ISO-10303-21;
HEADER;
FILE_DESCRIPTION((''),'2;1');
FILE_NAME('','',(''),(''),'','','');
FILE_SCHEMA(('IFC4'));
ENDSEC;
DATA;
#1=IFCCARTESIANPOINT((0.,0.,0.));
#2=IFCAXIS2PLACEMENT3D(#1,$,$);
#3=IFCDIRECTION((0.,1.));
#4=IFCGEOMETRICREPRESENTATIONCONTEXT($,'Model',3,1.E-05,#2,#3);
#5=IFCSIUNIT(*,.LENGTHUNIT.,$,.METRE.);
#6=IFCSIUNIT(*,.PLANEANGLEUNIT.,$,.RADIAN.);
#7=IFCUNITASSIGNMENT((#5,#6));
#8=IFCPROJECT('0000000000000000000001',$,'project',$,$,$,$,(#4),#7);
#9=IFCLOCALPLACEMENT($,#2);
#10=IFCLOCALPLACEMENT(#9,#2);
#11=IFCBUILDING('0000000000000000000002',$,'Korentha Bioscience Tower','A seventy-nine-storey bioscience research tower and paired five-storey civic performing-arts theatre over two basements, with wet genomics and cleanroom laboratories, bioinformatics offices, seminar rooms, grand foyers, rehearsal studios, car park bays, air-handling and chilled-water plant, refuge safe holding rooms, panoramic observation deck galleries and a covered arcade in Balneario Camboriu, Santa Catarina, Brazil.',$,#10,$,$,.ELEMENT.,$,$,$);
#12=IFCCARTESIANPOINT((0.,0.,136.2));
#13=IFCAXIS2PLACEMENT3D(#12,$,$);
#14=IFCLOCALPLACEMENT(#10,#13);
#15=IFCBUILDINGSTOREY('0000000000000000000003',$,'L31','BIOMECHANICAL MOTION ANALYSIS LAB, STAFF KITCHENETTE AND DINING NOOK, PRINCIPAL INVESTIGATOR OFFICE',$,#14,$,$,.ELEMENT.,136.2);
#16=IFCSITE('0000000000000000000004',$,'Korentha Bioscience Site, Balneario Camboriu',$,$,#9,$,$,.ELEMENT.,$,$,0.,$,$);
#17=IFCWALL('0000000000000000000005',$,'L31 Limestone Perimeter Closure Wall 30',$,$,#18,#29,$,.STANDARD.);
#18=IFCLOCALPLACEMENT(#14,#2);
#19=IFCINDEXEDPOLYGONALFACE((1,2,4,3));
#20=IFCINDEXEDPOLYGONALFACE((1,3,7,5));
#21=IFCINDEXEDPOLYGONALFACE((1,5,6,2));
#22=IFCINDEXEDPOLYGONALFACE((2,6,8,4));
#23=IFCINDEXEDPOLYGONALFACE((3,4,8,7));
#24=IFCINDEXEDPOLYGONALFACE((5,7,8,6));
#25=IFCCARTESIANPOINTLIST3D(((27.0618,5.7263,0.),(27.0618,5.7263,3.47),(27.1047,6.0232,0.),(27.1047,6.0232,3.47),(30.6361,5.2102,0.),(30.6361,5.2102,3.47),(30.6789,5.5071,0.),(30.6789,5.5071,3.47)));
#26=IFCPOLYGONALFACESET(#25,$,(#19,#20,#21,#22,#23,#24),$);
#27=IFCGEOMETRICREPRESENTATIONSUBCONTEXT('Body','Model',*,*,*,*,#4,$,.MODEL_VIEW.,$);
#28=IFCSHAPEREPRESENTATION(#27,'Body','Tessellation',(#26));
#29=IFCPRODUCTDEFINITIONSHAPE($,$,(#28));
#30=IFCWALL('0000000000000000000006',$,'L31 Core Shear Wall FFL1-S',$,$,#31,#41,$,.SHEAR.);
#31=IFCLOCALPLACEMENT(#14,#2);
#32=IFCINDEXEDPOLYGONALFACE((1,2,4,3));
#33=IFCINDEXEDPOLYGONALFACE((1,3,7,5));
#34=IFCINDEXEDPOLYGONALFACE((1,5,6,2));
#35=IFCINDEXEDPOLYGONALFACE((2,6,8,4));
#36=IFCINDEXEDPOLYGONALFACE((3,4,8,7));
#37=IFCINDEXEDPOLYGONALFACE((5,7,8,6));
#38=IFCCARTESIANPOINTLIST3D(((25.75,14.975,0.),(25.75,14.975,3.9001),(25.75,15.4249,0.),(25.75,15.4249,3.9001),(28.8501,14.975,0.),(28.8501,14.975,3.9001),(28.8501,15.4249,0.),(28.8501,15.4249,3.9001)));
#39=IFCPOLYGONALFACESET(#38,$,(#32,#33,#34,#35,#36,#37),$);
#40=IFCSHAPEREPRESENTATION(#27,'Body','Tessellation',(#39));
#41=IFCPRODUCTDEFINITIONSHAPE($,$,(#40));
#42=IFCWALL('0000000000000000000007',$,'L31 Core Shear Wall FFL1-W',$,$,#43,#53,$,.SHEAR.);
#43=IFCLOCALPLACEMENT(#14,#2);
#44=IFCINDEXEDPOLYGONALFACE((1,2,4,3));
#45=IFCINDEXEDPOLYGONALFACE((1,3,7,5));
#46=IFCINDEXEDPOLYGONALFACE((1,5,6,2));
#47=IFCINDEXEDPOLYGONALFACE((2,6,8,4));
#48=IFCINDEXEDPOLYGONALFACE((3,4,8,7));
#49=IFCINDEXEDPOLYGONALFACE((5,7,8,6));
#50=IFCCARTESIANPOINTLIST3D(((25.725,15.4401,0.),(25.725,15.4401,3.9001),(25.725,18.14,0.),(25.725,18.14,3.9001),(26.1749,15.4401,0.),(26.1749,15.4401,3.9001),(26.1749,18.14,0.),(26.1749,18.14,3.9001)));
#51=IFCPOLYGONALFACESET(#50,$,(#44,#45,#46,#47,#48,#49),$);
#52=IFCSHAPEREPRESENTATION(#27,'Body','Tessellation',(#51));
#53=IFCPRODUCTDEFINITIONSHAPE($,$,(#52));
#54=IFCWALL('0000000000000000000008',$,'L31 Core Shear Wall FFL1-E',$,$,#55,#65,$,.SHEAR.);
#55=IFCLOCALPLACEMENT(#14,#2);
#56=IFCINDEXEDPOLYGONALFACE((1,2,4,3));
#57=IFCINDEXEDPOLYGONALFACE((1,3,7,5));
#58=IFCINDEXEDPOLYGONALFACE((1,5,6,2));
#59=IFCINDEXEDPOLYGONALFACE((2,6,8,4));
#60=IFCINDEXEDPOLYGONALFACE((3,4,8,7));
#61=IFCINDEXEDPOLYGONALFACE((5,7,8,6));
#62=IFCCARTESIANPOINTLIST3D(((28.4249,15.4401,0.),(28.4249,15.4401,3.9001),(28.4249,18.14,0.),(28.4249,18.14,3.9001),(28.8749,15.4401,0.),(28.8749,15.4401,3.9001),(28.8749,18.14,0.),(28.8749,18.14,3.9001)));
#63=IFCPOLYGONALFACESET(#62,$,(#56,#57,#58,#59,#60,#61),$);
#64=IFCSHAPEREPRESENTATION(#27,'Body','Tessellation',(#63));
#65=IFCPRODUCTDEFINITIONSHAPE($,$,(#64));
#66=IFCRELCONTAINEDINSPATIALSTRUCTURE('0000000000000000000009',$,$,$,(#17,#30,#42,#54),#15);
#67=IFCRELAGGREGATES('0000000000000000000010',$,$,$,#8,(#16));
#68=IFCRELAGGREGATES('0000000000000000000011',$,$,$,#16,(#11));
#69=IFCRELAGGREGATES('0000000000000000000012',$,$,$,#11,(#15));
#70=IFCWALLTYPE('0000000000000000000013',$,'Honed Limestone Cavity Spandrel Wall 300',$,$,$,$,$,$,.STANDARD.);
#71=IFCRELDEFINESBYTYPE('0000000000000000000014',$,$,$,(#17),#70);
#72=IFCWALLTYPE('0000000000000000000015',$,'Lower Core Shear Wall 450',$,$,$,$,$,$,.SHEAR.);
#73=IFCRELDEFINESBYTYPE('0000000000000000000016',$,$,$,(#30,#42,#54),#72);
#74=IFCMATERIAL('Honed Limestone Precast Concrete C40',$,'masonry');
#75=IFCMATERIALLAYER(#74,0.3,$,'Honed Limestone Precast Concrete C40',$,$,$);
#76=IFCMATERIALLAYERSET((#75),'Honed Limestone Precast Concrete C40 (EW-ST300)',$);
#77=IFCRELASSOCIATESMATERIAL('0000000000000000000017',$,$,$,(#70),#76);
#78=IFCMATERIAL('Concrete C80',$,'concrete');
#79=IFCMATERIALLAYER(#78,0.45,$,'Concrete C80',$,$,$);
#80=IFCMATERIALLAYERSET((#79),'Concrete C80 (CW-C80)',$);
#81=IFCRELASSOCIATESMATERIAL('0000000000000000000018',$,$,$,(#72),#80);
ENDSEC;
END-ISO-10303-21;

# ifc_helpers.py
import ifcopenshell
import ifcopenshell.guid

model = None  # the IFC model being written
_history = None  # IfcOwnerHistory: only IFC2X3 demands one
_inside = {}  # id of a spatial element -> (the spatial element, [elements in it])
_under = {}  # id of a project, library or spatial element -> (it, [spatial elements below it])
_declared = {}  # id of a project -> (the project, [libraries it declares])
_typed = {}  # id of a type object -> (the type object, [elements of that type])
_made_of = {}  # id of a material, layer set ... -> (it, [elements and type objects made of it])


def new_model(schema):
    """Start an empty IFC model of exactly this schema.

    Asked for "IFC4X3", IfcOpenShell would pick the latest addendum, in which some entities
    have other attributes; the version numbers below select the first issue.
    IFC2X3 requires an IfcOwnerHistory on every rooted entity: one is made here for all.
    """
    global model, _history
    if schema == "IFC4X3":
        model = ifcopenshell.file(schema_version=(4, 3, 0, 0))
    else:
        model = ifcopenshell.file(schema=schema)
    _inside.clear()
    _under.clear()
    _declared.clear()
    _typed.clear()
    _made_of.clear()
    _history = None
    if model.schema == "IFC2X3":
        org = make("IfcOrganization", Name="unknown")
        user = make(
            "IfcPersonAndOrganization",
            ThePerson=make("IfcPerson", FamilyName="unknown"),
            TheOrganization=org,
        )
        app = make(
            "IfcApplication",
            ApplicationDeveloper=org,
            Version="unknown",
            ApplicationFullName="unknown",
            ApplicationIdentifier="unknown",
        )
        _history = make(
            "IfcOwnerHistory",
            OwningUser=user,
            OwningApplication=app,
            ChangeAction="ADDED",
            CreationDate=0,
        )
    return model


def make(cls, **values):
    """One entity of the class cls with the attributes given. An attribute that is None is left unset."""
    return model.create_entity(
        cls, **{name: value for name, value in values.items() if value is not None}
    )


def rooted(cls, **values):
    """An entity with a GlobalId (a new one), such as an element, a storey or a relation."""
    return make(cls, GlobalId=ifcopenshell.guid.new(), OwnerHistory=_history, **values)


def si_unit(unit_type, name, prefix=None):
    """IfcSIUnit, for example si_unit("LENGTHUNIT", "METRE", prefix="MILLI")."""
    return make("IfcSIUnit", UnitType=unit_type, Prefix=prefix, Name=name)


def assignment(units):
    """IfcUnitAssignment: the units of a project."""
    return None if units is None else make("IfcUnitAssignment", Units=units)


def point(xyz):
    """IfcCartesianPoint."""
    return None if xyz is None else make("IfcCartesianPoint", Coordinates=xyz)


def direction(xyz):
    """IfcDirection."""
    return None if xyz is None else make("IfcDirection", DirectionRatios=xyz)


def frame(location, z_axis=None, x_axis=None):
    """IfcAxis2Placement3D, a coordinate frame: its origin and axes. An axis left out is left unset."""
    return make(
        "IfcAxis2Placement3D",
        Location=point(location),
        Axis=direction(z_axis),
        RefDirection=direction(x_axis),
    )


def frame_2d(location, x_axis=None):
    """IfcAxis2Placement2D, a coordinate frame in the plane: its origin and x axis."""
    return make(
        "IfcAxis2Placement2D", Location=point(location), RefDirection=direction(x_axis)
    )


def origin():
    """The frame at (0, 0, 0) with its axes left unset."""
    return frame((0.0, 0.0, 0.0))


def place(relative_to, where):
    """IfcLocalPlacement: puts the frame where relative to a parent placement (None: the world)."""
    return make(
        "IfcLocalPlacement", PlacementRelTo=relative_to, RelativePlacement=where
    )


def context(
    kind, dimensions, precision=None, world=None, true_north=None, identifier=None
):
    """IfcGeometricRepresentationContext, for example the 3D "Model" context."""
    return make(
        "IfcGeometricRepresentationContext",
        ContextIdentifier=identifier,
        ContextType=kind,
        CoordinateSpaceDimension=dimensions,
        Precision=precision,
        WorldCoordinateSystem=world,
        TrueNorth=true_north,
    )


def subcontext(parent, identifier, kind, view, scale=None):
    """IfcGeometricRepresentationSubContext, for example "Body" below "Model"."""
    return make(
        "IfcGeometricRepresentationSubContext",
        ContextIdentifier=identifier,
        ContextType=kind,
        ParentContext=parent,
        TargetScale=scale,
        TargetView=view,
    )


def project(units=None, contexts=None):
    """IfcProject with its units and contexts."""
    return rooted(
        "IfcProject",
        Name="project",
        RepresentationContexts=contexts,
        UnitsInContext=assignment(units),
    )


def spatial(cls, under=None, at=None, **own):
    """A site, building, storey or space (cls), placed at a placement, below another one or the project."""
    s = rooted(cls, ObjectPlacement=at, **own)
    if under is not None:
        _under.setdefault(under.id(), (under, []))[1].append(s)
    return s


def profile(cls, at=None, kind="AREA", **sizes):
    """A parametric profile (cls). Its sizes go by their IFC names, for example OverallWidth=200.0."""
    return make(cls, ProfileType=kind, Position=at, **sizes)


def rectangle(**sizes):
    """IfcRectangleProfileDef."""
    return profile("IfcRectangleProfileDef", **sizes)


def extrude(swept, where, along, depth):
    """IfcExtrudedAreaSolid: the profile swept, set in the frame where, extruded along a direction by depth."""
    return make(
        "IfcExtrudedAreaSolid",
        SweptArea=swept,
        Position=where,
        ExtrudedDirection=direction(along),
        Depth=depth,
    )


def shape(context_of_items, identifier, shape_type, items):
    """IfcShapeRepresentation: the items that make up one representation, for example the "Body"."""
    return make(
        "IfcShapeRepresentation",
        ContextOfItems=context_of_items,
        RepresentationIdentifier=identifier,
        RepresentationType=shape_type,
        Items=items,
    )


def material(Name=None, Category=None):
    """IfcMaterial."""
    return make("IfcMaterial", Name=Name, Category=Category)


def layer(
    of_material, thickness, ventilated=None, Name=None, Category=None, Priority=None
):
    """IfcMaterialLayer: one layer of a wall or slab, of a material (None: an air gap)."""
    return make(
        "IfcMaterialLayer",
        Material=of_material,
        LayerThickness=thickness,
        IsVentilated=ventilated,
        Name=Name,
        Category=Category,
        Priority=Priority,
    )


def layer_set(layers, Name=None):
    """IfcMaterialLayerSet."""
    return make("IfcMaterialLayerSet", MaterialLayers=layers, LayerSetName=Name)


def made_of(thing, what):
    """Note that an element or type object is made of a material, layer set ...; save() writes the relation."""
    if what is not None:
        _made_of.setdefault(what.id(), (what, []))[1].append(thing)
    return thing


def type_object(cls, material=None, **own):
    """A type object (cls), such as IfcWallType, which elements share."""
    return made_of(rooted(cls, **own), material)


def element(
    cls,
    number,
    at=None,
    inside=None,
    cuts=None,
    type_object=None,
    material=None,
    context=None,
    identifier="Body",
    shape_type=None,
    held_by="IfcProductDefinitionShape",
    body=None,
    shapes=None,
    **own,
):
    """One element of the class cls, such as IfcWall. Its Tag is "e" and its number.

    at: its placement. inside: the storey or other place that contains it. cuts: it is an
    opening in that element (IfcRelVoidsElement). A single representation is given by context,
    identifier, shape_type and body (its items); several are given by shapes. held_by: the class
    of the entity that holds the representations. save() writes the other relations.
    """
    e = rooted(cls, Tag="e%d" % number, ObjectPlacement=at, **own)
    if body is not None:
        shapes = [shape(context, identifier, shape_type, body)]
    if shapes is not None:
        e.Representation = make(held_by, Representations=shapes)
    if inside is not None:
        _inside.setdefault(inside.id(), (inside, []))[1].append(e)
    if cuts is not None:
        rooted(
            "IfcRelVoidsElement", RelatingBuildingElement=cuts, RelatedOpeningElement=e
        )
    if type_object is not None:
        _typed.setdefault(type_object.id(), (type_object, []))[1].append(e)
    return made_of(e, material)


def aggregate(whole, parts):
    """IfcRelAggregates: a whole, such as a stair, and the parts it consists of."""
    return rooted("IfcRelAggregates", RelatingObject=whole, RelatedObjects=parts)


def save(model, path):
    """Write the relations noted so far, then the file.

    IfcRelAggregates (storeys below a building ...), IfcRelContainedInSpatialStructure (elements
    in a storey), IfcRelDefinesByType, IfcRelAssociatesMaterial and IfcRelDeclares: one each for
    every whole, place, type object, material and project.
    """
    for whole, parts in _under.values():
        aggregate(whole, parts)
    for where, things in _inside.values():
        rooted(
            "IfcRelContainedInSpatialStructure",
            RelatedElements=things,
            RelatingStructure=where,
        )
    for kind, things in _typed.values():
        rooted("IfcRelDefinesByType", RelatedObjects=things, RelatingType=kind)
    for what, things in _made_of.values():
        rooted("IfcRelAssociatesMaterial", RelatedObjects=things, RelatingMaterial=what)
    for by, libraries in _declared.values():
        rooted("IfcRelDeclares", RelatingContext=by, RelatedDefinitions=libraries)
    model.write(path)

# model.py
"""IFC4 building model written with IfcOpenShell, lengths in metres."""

from ifc_helpers import new_model, si_unit, direction, frame, frame_2d, origin, place, context, subcontext, project, spatial, rectangle, extrude, material, layer, layer_set, type_object, element, save


model = new_model("IFC4")

# Units and contexts
model_context = context("Model", 3, precision=1e-05, world=origin(), true_north=direction((0.0, 1.0)))
body_context = subcontext(model_context, "Body", "Model", "MODEL_VIEW")
ifc_project = project(units=[si_unit("LENGTHUNIT", "METRE"), si_unit("PLANEANGLEUNIT", "RADIAN")], contexts=[model_context])

# Site, building, storey
site_placement = place(None, origin())
site = spatial("IfcSite", under=ifc_project, at=site_placement, Name="Korentha Bioscience Site, Balneario Camboriu", CompositionType="ELEMENT", RefElevation=0.0)
building_placement = place(site_placement, origin())
building = spatial("IfcBuilding", under=site, at=building_placement, Name="Korentha Bioscience Tower", Description="A seventy-nine-storey bioscience research tower and paired five-storey civic performing-arts theatre over two basements, with wet genomics and cleanroom laboratories, bioinformatics offices, seminar rooms, grand foyers, rehearsal studios, car park bays, air-handling and chilled-water plant, refuge safe holding rooms, panoramic observation deck galleries and a covered arcade in Balneario Camboriu, Santa Catarina, Brazil.", CompositionType="ELEMENT")
storey_placement = place(building_placement, frame((0.0, 0.0, 136.2)))
storey = spatial("IfcBuildingStorey", under=building, at=storey_placement, Name="L31", Description="BIOMECHANICAL MOTION ANALYSIS LAB, STAFF KITCHENETTE AND DINING NOOK, PRINCIPAL INVESTIGATOR OFFICE", CompositionType="ELEMENT", Elevation=136.2)

# Shared definitions
ifc_material_1 = material(Name="Concrete C80", Category="concrete")

# Shared definitions
ifc_material_2 = material(Name="Honed Limestone Precast Concrete C40", Category="masonry")
ifc_layer_1 = layer(ifc_material_2, 0.3, Name="Honed Limestone Precast Concrete C40")
ifc_layer_set_1 = layer_set([ifc_layer_1], Name="Honed Limestone Precast Concrete C40 (EW-ST300)")
wall_type_1 = type_object("IfcWallType", Name="Honed Limestone Cavity Spandrel Wall 300", PredefinedType="STANDARD", material=ifc_layer_set_1)

# Walls
wall_1_placement = place(storey_placement, frame((27.0833, 5.8748, 0.0), z_axis=(0.0, 0.0, 1.0), x_axis=(0.989735, -0.142917, 0.0)))
element("IfcWall", 1, at=wall_1_placement, inside=storey, type_object=wall_type_1, Name="L31 Limestone Perimeter Closure Wall 30", PredefinedType="STANDARD", context=body_context, shape_type="SweptSolid", body=[
    extrude(rectangle(XDim=3.6113, YDim=0.3, at=frame_2d((1.8057, 0.0))), origin(), (0.0, 0.0, 1.0), 3.47),
])
ifc_layer_2 = layer(ifc_material_1, 0.45, Name="Concrete C80")
ifc_layer_set_2 = layer_set([ifc_layer_2], Name="Concrete C80 (CW-C80)")
wall_type_2 = type_object("IfcWallType", Name="Lower Core Shear Wall 450", PredefinedType="SHEAR", material=ifc_layer_set_2)
wall_2_placement = place(storey_placement, frame((25.75, 15.2, 0.0), z_axis=(0.0, 0.0, 1.0), x_axis=(1.0, 0.0, 0.0)))
element("IfcWall", 2, at=wall_2_placement, inside=storey, type_object=wall_type_2, Name="L31 Core Shear Wall FFL1-S", PredefinedType="SHEAR", context=body_context, shape_type="SweptSolid", body=[
    extrude(rectangle(XDim=3.1001, YDim=0.45, at=frame_2d((1.55, 0.0))), origin(), (0.0, 0.0, 1.0), 3.9001),
])
for number, where, z_axis, x_axis, name in (
    (3, (25.95, 15.4399, 0.0), (0.0, 0.0, 1.0), (0.0, 1.0, 0.0), "L31 Core Shear Wall FFL1-W"),
    (4, (28.6499, 15.4399, 0.0), (0.0, 0.0, 1.0), (0.0, 1.0, 0.0), "L31 Core Shear Wall FFL1-E"),
):
    element("IfcWall", number, at=place(storey_placement, frame(where, z_axis=z_axis, x_axis=x_axis)), inside=storey, type_object=wall_type_2, Name=name, PredefinedType="SHEAR", context=body_context, shape_type="SweptSolid", body=[
        extrude(rectangle(XDim=2.7, YDim=0.45, at=frame_2d((1.3501, 0.0))), origin(), (0.0, 0.0, 1.0), 3.9001),
    ])

save(model, "model.ifc")
